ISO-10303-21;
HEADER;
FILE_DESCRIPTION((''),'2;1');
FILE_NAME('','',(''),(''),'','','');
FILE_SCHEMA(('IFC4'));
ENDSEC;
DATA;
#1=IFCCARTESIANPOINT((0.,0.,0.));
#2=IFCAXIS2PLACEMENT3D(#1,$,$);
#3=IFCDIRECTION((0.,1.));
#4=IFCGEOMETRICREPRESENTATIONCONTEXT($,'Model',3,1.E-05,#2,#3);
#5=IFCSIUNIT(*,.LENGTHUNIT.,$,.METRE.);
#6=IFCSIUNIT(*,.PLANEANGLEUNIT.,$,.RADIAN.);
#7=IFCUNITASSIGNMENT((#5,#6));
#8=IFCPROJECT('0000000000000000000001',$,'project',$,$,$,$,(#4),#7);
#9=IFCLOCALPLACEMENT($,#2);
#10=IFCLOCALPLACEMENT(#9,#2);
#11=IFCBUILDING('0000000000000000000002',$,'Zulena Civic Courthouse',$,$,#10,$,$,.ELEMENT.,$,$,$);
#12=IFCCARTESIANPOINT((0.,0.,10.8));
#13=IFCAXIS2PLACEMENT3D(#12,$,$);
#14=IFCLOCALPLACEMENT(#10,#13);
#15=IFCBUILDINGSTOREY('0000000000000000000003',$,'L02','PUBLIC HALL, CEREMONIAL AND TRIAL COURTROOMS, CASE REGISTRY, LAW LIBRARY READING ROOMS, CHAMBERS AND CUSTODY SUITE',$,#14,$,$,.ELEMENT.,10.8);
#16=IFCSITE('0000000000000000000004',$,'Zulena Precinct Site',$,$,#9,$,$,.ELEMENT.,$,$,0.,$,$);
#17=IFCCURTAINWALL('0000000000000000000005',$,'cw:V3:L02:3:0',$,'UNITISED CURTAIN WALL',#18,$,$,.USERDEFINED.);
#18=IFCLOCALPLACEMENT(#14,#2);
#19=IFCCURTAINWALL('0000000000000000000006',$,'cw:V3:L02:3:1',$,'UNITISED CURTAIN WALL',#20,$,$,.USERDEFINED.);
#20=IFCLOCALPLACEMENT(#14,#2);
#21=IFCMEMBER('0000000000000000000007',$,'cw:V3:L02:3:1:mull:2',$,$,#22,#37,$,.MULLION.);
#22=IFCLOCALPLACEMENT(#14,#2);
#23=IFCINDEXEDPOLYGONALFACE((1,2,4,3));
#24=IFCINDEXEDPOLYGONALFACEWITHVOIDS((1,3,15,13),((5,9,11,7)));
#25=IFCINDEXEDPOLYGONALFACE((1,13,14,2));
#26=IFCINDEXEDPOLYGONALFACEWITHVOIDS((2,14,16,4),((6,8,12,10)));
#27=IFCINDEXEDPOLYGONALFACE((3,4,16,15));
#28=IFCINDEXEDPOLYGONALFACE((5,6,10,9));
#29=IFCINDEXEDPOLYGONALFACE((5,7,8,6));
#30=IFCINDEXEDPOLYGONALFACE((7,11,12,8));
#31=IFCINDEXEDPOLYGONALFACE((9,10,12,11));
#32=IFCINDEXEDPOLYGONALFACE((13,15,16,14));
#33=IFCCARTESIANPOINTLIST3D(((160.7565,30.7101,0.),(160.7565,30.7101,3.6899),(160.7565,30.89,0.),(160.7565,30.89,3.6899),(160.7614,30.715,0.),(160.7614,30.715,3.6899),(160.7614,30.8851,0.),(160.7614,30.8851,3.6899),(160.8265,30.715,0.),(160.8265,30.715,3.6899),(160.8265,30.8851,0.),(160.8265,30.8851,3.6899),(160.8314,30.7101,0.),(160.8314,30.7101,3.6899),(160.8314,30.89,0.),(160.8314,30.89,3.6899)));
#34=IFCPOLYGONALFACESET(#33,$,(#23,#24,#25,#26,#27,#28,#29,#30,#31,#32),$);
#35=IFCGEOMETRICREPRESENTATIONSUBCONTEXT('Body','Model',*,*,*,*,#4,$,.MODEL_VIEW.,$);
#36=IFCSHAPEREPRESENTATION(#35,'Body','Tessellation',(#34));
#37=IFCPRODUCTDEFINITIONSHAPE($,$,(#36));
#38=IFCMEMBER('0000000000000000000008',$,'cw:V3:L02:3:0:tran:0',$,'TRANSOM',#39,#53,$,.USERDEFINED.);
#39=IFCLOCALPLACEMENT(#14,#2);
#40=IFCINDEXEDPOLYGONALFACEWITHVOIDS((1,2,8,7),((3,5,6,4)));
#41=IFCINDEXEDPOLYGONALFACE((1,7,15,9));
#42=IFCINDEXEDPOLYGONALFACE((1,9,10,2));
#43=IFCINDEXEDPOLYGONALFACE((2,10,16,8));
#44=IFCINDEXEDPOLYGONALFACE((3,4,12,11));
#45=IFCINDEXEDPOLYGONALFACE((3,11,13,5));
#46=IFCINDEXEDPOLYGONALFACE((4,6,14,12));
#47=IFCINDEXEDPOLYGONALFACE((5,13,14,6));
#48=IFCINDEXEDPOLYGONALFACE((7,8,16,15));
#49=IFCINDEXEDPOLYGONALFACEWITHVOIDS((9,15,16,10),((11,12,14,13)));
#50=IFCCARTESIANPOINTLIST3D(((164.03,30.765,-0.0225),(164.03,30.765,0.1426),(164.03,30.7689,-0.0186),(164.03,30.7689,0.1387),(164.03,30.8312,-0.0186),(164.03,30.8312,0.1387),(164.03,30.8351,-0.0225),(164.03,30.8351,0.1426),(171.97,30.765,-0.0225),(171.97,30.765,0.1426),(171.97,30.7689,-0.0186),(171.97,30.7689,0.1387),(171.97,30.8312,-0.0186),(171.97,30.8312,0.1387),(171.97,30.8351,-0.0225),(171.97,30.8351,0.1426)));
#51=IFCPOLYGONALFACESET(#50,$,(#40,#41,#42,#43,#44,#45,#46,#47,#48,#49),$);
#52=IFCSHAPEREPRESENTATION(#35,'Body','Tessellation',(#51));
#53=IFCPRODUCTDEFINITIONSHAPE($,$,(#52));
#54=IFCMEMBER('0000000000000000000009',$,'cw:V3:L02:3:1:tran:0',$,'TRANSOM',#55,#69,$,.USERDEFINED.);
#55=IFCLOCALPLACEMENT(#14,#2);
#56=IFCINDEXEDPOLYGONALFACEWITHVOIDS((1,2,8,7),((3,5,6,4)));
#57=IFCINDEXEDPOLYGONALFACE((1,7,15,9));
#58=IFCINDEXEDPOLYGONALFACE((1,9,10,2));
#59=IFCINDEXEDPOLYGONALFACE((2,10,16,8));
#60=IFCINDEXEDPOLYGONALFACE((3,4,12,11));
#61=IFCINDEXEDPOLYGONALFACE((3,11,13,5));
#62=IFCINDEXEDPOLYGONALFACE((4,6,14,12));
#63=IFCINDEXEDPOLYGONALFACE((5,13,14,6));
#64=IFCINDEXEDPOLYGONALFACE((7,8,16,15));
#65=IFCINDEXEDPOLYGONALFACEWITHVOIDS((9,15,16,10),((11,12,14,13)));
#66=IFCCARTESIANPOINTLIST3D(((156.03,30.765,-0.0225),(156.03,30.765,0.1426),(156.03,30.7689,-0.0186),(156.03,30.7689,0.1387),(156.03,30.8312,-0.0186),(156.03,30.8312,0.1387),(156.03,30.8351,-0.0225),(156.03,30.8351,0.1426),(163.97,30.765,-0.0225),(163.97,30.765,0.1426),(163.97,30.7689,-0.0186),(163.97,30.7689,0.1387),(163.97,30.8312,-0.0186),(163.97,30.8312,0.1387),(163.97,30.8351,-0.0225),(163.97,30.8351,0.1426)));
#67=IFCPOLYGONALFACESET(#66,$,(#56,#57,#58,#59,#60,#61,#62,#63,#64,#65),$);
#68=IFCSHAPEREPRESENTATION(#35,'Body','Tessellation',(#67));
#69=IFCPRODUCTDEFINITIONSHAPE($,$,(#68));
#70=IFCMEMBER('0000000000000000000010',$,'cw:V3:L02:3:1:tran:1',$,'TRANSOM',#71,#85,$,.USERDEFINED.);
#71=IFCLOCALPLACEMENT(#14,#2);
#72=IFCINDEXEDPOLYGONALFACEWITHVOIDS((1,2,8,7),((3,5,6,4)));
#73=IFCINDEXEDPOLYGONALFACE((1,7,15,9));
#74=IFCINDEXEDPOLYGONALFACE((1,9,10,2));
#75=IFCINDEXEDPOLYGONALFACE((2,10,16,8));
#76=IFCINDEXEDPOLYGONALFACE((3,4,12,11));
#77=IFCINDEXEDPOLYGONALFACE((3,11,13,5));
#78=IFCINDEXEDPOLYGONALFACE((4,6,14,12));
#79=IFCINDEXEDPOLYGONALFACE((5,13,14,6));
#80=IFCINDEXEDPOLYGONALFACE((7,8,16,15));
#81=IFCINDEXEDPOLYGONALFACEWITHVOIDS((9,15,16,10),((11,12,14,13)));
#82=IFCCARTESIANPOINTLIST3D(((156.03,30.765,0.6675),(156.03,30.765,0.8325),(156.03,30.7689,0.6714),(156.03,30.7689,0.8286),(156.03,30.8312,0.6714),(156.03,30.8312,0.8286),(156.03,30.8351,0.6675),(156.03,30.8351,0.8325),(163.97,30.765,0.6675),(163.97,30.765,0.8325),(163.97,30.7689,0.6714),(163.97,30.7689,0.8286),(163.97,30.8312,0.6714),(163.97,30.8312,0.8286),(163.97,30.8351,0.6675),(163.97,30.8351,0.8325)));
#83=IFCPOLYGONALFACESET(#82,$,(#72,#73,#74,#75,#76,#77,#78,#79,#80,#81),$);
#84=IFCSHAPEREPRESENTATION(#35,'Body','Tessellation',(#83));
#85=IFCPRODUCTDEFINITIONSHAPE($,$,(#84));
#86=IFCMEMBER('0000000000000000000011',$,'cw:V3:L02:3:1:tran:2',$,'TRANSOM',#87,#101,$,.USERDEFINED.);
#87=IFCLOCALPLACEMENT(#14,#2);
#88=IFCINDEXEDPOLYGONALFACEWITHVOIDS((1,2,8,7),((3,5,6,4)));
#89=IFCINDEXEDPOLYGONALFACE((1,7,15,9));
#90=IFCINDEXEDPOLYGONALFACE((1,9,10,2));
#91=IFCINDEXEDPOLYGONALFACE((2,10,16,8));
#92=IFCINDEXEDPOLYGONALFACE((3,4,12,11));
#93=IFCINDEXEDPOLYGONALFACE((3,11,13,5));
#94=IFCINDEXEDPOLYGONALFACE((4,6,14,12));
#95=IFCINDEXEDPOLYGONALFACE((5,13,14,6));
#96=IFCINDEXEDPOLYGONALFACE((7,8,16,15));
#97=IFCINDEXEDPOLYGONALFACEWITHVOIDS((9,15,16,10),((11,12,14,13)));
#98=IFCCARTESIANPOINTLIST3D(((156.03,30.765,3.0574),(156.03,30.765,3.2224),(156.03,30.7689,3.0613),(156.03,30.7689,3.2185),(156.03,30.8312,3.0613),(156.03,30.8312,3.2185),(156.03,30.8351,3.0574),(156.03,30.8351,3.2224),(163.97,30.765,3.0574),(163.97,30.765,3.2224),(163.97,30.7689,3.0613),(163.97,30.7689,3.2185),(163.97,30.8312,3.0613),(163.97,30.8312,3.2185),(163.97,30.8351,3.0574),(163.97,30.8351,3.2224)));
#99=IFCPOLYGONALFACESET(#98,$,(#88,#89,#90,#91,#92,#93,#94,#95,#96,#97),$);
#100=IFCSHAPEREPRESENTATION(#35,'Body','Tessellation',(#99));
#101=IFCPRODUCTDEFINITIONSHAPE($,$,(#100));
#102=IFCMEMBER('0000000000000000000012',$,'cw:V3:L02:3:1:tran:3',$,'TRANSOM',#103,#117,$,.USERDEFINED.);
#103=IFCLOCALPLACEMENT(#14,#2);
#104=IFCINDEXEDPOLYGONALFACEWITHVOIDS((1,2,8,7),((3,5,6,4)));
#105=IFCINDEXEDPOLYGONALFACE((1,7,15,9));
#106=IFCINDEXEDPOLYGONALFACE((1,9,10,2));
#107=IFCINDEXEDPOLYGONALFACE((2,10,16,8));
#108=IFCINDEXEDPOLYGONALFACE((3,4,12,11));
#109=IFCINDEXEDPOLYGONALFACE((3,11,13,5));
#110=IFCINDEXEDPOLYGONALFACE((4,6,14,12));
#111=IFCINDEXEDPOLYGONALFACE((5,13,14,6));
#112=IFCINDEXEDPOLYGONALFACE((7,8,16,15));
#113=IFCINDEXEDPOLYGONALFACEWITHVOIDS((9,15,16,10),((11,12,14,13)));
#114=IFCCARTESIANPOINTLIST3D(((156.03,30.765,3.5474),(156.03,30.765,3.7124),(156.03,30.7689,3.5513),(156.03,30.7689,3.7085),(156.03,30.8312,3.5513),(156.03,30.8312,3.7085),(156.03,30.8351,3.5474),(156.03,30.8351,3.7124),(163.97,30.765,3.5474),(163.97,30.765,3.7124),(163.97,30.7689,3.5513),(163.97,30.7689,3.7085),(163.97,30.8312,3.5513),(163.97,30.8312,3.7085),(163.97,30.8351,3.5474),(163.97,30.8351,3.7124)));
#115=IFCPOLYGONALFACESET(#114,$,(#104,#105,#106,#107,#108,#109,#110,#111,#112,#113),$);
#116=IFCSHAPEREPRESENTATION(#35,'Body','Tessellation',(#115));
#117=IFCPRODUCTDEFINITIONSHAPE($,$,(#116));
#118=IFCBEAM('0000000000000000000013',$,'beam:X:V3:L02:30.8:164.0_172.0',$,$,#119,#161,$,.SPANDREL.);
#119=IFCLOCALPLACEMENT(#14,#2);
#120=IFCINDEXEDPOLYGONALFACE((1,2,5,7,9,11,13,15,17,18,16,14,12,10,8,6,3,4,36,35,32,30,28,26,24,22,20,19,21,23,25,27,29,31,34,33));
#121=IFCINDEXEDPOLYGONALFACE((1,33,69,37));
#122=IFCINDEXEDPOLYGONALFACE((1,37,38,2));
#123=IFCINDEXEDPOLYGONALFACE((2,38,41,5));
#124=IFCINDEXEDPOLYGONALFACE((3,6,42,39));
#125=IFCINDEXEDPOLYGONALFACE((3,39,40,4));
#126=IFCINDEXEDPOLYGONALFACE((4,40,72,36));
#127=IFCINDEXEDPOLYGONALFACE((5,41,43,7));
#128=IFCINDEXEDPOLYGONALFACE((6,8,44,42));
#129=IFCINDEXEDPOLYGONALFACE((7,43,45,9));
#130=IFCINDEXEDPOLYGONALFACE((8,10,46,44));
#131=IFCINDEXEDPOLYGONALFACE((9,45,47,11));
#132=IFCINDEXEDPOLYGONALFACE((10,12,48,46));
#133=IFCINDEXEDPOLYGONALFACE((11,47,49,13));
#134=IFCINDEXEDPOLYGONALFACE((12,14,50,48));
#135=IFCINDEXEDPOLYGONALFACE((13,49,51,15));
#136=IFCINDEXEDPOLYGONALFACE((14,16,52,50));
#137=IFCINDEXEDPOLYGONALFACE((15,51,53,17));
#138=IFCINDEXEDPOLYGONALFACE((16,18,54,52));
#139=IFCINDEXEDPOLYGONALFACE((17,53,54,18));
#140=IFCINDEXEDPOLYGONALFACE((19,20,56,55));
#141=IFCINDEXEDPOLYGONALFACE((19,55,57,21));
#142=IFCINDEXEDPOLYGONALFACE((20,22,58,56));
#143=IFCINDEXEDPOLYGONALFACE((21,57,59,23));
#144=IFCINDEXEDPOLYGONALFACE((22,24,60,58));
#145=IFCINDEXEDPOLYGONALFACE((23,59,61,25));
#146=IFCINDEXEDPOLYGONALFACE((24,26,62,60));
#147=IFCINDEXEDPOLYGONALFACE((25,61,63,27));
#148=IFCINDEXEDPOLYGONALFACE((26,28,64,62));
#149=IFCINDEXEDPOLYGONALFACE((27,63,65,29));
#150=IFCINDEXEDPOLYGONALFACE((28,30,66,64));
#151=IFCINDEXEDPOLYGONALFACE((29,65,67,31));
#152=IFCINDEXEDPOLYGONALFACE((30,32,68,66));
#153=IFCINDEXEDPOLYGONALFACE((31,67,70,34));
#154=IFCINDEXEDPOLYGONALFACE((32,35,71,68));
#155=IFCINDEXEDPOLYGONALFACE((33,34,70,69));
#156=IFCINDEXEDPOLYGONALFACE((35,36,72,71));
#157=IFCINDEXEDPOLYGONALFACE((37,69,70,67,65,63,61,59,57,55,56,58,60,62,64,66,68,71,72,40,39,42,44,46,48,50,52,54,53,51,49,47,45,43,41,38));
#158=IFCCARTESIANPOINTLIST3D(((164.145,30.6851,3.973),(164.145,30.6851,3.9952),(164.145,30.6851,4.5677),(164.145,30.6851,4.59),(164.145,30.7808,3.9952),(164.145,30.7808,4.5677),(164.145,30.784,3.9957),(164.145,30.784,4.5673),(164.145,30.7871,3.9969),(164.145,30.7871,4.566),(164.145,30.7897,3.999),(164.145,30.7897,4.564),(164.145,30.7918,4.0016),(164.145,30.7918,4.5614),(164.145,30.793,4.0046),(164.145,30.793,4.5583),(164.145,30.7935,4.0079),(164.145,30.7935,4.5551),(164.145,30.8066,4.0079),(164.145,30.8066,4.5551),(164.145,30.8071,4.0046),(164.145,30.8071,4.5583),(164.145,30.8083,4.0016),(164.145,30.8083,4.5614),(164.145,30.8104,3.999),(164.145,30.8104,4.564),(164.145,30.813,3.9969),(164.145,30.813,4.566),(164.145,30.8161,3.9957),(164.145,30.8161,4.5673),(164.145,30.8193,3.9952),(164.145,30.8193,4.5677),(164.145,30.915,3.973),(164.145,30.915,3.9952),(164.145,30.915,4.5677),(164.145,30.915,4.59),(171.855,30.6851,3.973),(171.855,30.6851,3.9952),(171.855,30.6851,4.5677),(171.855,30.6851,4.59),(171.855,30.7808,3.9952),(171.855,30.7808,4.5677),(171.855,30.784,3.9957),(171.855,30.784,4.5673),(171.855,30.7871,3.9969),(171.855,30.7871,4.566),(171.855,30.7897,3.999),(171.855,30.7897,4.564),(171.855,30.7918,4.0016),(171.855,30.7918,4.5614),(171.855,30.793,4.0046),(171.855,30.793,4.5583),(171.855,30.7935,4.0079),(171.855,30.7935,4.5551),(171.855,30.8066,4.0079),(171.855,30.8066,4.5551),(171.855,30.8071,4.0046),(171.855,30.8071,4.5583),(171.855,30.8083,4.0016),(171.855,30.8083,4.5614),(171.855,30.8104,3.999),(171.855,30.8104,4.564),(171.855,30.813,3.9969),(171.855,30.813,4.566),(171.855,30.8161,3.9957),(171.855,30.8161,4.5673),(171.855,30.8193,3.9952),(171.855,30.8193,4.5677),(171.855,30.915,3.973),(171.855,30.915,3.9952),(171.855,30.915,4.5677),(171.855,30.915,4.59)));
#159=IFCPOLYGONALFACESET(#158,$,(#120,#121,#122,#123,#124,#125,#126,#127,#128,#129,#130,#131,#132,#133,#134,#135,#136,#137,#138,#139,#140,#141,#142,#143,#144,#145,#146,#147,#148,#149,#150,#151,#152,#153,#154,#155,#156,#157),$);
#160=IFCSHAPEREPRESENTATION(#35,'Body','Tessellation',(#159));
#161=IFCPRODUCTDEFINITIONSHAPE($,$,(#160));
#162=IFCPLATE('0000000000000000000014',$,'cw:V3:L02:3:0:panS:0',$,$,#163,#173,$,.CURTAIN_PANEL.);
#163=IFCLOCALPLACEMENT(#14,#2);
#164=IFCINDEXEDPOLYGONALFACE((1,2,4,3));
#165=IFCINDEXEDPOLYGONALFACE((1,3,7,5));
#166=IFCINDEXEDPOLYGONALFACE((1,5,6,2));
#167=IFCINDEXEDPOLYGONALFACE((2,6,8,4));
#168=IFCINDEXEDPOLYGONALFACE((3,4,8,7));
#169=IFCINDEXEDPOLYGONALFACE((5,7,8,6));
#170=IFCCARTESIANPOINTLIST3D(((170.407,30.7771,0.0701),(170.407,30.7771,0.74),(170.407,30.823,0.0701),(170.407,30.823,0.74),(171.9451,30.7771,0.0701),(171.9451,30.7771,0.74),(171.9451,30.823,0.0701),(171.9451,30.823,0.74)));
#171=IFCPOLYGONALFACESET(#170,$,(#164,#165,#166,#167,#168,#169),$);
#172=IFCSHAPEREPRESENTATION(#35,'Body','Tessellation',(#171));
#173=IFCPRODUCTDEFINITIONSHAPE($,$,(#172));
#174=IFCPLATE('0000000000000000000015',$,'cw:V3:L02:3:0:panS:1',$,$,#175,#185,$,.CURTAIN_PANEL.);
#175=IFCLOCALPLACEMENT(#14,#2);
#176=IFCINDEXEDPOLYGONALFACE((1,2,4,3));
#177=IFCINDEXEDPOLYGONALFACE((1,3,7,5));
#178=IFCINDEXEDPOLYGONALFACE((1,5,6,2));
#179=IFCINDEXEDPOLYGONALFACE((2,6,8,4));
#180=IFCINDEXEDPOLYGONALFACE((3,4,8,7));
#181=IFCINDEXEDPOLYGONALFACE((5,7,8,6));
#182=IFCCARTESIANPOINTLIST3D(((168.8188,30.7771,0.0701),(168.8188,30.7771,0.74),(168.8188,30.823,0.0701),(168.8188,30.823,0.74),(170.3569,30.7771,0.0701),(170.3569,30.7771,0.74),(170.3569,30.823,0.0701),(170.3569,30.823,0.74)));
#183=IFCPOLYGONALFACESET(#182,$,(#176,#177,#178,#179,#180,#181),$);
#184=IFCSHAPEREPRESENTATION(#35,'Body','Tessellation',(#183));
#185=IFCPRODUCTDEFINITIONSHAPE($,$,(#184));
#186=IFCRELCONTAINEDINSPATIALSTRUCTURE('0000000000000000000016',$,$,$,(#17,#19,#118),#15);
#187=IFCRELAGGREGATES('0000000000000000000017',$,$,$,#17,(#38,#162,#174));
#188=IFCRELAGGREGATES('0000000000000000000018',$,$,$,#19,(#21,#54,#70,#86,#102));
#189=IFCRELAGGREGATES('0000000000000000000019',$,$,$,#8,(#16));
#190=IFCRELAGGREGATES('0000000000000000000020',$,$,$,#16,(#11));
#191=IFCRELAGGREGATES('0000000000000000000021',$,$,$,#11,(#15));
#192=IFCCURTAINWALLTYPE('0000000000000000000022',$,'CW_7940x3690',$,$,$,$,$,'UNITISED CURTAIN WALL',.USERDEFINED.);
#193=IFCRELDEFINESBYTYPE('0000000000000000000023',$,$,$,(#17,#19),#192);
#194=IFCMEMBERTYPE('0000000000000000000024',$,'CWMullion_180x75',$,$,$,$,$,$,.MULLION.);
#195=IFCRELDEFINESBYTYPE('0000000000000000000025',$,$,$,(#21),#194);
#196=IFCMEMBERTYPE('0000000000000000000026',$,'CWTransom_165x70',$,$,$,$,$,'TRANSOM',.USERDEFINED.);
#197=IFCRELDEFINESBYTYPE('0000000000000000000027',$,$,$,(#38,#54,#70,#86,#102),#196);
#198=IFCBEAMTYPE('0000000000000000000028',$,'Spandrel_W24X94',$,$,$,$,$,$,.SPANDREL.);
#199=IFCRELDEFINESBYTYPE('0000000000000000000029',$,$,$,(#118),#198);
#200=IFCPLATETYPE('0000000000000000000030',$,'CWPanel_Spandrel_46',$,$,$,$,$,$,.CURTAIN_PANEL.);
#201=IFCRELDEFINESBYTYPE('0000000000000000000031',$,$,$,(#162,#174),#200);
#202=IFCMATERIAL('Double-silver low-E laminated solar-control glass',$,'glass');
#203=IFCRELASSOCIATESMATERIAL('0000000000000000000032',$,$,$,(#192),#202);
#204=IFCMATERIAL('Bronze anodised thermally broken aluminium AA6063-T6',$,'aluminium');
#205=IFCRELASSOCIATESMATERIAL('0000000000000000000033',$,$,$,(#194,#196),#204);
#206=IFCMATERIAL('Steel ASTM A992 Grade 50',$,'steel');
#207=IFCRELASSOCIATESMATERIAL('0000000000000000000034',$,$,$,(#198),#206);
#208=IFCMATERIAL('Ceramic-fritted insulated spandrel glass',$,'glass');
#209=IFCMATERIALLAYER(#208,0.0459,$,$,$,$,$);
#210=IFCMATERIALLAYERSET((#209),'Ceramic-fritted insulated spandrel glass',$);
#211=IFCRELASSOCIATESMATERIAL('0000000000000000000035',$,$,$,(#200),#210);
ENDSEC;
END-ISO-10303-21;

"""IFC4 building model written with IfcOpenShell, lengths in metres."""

from ifc_helpers import new_model, si_unit, direction, frame, origin, origin_2d, place, context, subcontext, project, spatial, rectangle, hollow_rectangle, i_section, extrude, material, layer, layer_set, material_profile, profile_set, type_object, element, aggregate, save


model = new_model("IFC4")

# Units and contexts
model_context = context("Model", 3, precision=1e-05, world=origin(), true_north=direction((0.0, 1.0)))
body_context = subcontext(model_context, "Body", "Model", "MODEL_VIEW")
ifc_project = project(units=[si_unit("LENGTHUNIT", "METRE"), si_unit("PLANEANGLEUNIT", "RADIAN")], contexts=[model_context])

# Site, building, storey
site_placement = place(None, origin())
site = spatial("IfcSite", under=ifc_project, at=site_placement, Name="Zulena Precinct Site", CompositionType="ELEMENT", RefElevation=0.0)
building_placement = place(site_placement, origin())
building = spatial("IfcBuilding", under=site, at=building_placement, Name="Zulena Civic Courthouse", CompositionType="ELEMENT")
storey_placement = place(building_placement, frame((0.0, 0.0, 10.8)))
storey = spatial("IfcBuildingStorey", under=building, at=storey_placement, Name="L02", Description="PUBLIC HALL, CEREMONIAL AND TRIAL COURTROOMS, CASE REGISTRY, LAW LIBRARY READING ROOMS, CHAMBERS AND CUSTODY SUITE", CompositionType="ELEMENT", Elevation=10.8)

# Shared definitions
ifc_material_1 = material(Name="Steel ASTM A992 Grade 50", Category="steel")

# Curtain walls, member
ifc_material_2 = material(Name="Double-silver low-E laminated solar-control glass", Category="glass")
curtain_wall_type = type_object("IfcCurtainWallType", Name="CW_7940x3690", ElementType="UNITISED CURTAIN WALL", PredefinedType="USERDEFINED", material=ifc_material_2)
curtain_wall_1_placement = place(storey_placement, origin())
curtain_wall_1 = element("IfcCurtainWall", 1, at=curtain_wall_1_placement, inside=storey, type_object=curtain_wall_type, Name="cw:V3:L02:3:0", ObjectType="UNITISED CURTAIN WALL", PredefinedType="USERDEFINED")
ifc_material_3 = material(Name="Bronze anodised thermally broken aluminium AA6063-T6", Category="aluminium")
ifc_material_profile_1 = material_profile(ifc_material_3, hollow_rectangle(XDim=0.075, YDim=0.1799, WallThickness=0.0049, at=origin_2d()), Name="CWM180X75X5")
ifc_profile_set_1 = profile_set([ifc_material_profile_1], Name="Bronze anodised thermally broken aluminium AA6063-T6")
member_type_1 = type_object("IfcMemberType", Name="CWMullion_180x75", PredefinedType="MULLION", material=ifc_profile_set_1)
curtain_wall_2_placement = place(storey_placement, origin())
curtain_wall_2 = element("IfcCurtainWall", 2, at=curtain_wall_2_placement, inside=storey, type_object=curtain_wall_type, Name="cw:V3:L02:3:1", ObjectType="UNITISED CURTAIN WALL", PredefinedType="USERDEFINED")
member_1_placement = place(storey_placement, frame((160.7939, 30.8, 0.0), z_axis=(0.0, 0.0, 1.0), x_axis=(1.0, 0.0, 0.0)))
member_1 = element("IfcMember", 3, at=member_1_placement, type_object=member_type_1, Name="cw:V3:L02:3:1:mull:2", PredefinedType="MULLION", context=body_context, shape_type="SweptSolid", body=[
    extrude(hollow_rectangle(XDim=0.075, YDim=0.1799, WallThickness=0.0049, at=origin_2d()), origin(), (0.0, 0.0, 1.0), 3.6899),
])

# Members
ifc_material_profile_2 = material_profile(ifc_material_3, hollow_rectangle(XDim=0.0701, YDim=0.165, WallThickness=0.0039, at=origin_2d()), Name="CWT165X70X4")
ifc_profile_set_2 = profile_set([ifc_material_profile_2], Name="Bronze anodised thermally broken aluminium AA6063-T6")
member_type_2 = type_object("IfcMemberType", Name="CWTransom_165x70", ElementType="TRANSOM", PredefinedType="USERDEFINED", material=ifc_profile_set_2)
member_2_placement = place(storey_placement, frame((171.97, 30.8, 0.0601), z_axis=(-1.0, 0.0, 0.0), x_axis=(0.0, -1.0, 0.0)))
member_2 = element("IfcMember", 4, at=member_2_placement, type_object=member_type_2, Name="cw:V3:L02:3:0:tran:0", ObjectType="TRANSOM", PredefinedType="USERDEFINED", context=body_context, shape_type="SweptSolid", body=[
    extrude(hollow_rectangle(XDim=0.0701, YDim=0.165, WallThickness=0.0039, at=origin_2d()), origin(), (0.0, 0.0, 1.0), 7.9399),
])
member_3_placement = place(storey_placement, frame((163.97, 30.8, 0.0601), z_axis=(-1.0, 0.0, 0.0), x_axis=(0.0, -1.0, 0.0)))
member_3 = element("IfcMember", 5, at=member_3_placement, type_object=member_type_2, Name="cw:V3:L02:3:1:tran:0", ObjectType="TRANSOM", PredefinedType="USERDEFINED", context=body_context, shape_type="SweptSolid", body=[
    extrude(hollow_rectangle(XDim=0.0701, YDim=0.165, WallThickness=0.0039, at=origin_2d()), origin(), (0.0, 0.0, 1.0), 7.9399),
])
member_4_placement = place(storey_placement, frame((163.97, 30.8, 0.75), z_axis=(-1.0, 0.0, 0.0), x_axis=(0.0, -1.0, 0.0)))
member_4 = element("IfcMember", 6, at=member_4_placement, type_object=member_type_2, Name="cw:V3:L02:3:1:tran:1", ObjectType="TRANSOM", PredefinedType="USERDEFINED", context=body_context, shape_type="SweptSolid", body=[
    extrude(hollow_rectangle(XDim=0.0701, YDim=0.165, WallThickness=0.0039, at=origin_2d()), origin(), (0.0, 0.0, 1.0), 7.9399),
])
member_5_placement = place(storey_placement, frame((163.97, 30.8, 3.1399), z_axis=(-1.0, 0.0, 0.0), x_axis=(0.0, -1.0, 0.0)))
member_5 = element("IfcMember", 7, at=member_5_placement, type_object=member_type_2, Name="cw:V3:L02:3:1:tran:2", ObjectType="TRANSOM", PredefinedType="USERDEFINED", context=body_context, shape_type="SweptSolid", body=[
    extrude(hollow_rectangle(XDim=0.0701, YDim=0.165, WallThickness=0.0039, at=origin_2d()), origin(), (0.0, 0.0, 1.0), 7.9399),
])
member_6_placement = place(storey_placement, frame((163.97, 30.8, 3.6299), z_axis=(-1.0, 0.0, 0.0), x_axis=(0.0, -1.0, 0.0)))
member_6 = element("IfcMember", 8, at=member_6_placement, type_object=member_type_2, Name="cw:V3:L02:3:1:tran:3", ObjectType="TRANSOM", PredefinedType="USERDEFINED", context=body_context, shape_type="SweptSolid", body=[
    extrude(hollow_rectangle(XDim=0.0701, YDim=0.165, WallThickness=0.0039, at=origin_2d()), origin(), (0.0, 0.0, 1.0), 7.9399),
])

# Beam
ifc_material_profile_3 = material_profile(ifc_material_1, i_section(OverallWidth=0.23, OverallDepth=0.6169, WebThickness=0.0132, FlangeThickness=0.0222, FilletRadius=0.0127, at=origin_2d()), Name="W24X94")
ifc_profile_set_3 = profile_set([ifc_material_profile_3], Name="Steel ASTM A992 Grade 50")
beam_type = type_object("IfcBeamType", Name="Spandrel_W24X94", PredefinedType="SPANDREL", material=ifc_profile_set_3)
beam_placement = place(storey_placement, frame((164.145, 30.8, 4.2815), z_axis=(1.0, 0.0, 0.0), x_axis=(0.0, 1.0, 0.0)))
element("IfcBeam", 9, at=beam_placement, inside=storey, type_object=beam_type, Name="beam:X:V3:L02:30.8:164.0_172.0", PredefinedType="SPANDREL", context=body_context, shape_type="SweptSolid", body=[
    extrude(i_section(OverallWidth=0.23, OverallDepth=0.6169, WebThickness=0.0132, FlangeThickness=0.0222, FilletRadius=0.0127, at=origin_2d()), origin(), (0.0, 0.0, 1.0), 7.71),
])

# Plates
ifc_material_4 = material(Name="Ceramic-fritted insulated spandrel glass", Category="glass")
ifc_layer_1 = layer(ifc_material_4, 0.0459)
ifc_layer_set_1 = layer_set([ifc_layer_1], Name="Ceramic-fritted insulated spandrel glass")
plate_type_1 = type_object("IfcPlateType", Name="CWPanel_Spandrel_46", PredefinedType="CURTAIN_PANEL", material=ifc_layer_set_1)
plate_1_placement = place(storey_placement, frame((171.176, 30.8, 0.0701), z_axis=(0.0, 0.0, 1.0), x_axis=(-1.0, 0.0, 0.0)))
plate_1 = element("IfcPlate", 10, at=plate_1_placement, type_object=plate_type_1, Name="cw:V3:L02:3:0:panS:0", PredefinedType="CURTAIN_PANEL", context=body_context, shape_type="SweptSolid", body=[
    extrude(rectangle(XDim=1.5381, YDim=0.0459, at=origin_2d()), origin(), (0.0, 0.0, 1.0), 0.6699),
])
plate_2_placement = place(storey_placement, frame((169.5879, 30.8, 0.0701), z_axis=(0.0, 0.0, 1.0), x_axis=(-1.0, 0.0, 0.0)))
plate_2 = element("IfcPlate", 11, at=plate_2_placement, type_object=plate_type_1, Name="cw:V3:L02:3:0:panS:1", PredefinedType="CURTAIN_PANEL", context=body_context, shape_type="SweptSolid", body=[
    extrude(rectangle(XDim=1.5381, YDim=0.0459, at=origin_2d()), origin(), (0.0, 0.0, 1.0), 0.6699),
])
aggregate(curtain_wall_1, [member_2, plate_1, plate_2])
aggregate(curtain_wall_2, [member_1, member_3, member_4, member_5, member_6])

save(model, "model.ifc")
